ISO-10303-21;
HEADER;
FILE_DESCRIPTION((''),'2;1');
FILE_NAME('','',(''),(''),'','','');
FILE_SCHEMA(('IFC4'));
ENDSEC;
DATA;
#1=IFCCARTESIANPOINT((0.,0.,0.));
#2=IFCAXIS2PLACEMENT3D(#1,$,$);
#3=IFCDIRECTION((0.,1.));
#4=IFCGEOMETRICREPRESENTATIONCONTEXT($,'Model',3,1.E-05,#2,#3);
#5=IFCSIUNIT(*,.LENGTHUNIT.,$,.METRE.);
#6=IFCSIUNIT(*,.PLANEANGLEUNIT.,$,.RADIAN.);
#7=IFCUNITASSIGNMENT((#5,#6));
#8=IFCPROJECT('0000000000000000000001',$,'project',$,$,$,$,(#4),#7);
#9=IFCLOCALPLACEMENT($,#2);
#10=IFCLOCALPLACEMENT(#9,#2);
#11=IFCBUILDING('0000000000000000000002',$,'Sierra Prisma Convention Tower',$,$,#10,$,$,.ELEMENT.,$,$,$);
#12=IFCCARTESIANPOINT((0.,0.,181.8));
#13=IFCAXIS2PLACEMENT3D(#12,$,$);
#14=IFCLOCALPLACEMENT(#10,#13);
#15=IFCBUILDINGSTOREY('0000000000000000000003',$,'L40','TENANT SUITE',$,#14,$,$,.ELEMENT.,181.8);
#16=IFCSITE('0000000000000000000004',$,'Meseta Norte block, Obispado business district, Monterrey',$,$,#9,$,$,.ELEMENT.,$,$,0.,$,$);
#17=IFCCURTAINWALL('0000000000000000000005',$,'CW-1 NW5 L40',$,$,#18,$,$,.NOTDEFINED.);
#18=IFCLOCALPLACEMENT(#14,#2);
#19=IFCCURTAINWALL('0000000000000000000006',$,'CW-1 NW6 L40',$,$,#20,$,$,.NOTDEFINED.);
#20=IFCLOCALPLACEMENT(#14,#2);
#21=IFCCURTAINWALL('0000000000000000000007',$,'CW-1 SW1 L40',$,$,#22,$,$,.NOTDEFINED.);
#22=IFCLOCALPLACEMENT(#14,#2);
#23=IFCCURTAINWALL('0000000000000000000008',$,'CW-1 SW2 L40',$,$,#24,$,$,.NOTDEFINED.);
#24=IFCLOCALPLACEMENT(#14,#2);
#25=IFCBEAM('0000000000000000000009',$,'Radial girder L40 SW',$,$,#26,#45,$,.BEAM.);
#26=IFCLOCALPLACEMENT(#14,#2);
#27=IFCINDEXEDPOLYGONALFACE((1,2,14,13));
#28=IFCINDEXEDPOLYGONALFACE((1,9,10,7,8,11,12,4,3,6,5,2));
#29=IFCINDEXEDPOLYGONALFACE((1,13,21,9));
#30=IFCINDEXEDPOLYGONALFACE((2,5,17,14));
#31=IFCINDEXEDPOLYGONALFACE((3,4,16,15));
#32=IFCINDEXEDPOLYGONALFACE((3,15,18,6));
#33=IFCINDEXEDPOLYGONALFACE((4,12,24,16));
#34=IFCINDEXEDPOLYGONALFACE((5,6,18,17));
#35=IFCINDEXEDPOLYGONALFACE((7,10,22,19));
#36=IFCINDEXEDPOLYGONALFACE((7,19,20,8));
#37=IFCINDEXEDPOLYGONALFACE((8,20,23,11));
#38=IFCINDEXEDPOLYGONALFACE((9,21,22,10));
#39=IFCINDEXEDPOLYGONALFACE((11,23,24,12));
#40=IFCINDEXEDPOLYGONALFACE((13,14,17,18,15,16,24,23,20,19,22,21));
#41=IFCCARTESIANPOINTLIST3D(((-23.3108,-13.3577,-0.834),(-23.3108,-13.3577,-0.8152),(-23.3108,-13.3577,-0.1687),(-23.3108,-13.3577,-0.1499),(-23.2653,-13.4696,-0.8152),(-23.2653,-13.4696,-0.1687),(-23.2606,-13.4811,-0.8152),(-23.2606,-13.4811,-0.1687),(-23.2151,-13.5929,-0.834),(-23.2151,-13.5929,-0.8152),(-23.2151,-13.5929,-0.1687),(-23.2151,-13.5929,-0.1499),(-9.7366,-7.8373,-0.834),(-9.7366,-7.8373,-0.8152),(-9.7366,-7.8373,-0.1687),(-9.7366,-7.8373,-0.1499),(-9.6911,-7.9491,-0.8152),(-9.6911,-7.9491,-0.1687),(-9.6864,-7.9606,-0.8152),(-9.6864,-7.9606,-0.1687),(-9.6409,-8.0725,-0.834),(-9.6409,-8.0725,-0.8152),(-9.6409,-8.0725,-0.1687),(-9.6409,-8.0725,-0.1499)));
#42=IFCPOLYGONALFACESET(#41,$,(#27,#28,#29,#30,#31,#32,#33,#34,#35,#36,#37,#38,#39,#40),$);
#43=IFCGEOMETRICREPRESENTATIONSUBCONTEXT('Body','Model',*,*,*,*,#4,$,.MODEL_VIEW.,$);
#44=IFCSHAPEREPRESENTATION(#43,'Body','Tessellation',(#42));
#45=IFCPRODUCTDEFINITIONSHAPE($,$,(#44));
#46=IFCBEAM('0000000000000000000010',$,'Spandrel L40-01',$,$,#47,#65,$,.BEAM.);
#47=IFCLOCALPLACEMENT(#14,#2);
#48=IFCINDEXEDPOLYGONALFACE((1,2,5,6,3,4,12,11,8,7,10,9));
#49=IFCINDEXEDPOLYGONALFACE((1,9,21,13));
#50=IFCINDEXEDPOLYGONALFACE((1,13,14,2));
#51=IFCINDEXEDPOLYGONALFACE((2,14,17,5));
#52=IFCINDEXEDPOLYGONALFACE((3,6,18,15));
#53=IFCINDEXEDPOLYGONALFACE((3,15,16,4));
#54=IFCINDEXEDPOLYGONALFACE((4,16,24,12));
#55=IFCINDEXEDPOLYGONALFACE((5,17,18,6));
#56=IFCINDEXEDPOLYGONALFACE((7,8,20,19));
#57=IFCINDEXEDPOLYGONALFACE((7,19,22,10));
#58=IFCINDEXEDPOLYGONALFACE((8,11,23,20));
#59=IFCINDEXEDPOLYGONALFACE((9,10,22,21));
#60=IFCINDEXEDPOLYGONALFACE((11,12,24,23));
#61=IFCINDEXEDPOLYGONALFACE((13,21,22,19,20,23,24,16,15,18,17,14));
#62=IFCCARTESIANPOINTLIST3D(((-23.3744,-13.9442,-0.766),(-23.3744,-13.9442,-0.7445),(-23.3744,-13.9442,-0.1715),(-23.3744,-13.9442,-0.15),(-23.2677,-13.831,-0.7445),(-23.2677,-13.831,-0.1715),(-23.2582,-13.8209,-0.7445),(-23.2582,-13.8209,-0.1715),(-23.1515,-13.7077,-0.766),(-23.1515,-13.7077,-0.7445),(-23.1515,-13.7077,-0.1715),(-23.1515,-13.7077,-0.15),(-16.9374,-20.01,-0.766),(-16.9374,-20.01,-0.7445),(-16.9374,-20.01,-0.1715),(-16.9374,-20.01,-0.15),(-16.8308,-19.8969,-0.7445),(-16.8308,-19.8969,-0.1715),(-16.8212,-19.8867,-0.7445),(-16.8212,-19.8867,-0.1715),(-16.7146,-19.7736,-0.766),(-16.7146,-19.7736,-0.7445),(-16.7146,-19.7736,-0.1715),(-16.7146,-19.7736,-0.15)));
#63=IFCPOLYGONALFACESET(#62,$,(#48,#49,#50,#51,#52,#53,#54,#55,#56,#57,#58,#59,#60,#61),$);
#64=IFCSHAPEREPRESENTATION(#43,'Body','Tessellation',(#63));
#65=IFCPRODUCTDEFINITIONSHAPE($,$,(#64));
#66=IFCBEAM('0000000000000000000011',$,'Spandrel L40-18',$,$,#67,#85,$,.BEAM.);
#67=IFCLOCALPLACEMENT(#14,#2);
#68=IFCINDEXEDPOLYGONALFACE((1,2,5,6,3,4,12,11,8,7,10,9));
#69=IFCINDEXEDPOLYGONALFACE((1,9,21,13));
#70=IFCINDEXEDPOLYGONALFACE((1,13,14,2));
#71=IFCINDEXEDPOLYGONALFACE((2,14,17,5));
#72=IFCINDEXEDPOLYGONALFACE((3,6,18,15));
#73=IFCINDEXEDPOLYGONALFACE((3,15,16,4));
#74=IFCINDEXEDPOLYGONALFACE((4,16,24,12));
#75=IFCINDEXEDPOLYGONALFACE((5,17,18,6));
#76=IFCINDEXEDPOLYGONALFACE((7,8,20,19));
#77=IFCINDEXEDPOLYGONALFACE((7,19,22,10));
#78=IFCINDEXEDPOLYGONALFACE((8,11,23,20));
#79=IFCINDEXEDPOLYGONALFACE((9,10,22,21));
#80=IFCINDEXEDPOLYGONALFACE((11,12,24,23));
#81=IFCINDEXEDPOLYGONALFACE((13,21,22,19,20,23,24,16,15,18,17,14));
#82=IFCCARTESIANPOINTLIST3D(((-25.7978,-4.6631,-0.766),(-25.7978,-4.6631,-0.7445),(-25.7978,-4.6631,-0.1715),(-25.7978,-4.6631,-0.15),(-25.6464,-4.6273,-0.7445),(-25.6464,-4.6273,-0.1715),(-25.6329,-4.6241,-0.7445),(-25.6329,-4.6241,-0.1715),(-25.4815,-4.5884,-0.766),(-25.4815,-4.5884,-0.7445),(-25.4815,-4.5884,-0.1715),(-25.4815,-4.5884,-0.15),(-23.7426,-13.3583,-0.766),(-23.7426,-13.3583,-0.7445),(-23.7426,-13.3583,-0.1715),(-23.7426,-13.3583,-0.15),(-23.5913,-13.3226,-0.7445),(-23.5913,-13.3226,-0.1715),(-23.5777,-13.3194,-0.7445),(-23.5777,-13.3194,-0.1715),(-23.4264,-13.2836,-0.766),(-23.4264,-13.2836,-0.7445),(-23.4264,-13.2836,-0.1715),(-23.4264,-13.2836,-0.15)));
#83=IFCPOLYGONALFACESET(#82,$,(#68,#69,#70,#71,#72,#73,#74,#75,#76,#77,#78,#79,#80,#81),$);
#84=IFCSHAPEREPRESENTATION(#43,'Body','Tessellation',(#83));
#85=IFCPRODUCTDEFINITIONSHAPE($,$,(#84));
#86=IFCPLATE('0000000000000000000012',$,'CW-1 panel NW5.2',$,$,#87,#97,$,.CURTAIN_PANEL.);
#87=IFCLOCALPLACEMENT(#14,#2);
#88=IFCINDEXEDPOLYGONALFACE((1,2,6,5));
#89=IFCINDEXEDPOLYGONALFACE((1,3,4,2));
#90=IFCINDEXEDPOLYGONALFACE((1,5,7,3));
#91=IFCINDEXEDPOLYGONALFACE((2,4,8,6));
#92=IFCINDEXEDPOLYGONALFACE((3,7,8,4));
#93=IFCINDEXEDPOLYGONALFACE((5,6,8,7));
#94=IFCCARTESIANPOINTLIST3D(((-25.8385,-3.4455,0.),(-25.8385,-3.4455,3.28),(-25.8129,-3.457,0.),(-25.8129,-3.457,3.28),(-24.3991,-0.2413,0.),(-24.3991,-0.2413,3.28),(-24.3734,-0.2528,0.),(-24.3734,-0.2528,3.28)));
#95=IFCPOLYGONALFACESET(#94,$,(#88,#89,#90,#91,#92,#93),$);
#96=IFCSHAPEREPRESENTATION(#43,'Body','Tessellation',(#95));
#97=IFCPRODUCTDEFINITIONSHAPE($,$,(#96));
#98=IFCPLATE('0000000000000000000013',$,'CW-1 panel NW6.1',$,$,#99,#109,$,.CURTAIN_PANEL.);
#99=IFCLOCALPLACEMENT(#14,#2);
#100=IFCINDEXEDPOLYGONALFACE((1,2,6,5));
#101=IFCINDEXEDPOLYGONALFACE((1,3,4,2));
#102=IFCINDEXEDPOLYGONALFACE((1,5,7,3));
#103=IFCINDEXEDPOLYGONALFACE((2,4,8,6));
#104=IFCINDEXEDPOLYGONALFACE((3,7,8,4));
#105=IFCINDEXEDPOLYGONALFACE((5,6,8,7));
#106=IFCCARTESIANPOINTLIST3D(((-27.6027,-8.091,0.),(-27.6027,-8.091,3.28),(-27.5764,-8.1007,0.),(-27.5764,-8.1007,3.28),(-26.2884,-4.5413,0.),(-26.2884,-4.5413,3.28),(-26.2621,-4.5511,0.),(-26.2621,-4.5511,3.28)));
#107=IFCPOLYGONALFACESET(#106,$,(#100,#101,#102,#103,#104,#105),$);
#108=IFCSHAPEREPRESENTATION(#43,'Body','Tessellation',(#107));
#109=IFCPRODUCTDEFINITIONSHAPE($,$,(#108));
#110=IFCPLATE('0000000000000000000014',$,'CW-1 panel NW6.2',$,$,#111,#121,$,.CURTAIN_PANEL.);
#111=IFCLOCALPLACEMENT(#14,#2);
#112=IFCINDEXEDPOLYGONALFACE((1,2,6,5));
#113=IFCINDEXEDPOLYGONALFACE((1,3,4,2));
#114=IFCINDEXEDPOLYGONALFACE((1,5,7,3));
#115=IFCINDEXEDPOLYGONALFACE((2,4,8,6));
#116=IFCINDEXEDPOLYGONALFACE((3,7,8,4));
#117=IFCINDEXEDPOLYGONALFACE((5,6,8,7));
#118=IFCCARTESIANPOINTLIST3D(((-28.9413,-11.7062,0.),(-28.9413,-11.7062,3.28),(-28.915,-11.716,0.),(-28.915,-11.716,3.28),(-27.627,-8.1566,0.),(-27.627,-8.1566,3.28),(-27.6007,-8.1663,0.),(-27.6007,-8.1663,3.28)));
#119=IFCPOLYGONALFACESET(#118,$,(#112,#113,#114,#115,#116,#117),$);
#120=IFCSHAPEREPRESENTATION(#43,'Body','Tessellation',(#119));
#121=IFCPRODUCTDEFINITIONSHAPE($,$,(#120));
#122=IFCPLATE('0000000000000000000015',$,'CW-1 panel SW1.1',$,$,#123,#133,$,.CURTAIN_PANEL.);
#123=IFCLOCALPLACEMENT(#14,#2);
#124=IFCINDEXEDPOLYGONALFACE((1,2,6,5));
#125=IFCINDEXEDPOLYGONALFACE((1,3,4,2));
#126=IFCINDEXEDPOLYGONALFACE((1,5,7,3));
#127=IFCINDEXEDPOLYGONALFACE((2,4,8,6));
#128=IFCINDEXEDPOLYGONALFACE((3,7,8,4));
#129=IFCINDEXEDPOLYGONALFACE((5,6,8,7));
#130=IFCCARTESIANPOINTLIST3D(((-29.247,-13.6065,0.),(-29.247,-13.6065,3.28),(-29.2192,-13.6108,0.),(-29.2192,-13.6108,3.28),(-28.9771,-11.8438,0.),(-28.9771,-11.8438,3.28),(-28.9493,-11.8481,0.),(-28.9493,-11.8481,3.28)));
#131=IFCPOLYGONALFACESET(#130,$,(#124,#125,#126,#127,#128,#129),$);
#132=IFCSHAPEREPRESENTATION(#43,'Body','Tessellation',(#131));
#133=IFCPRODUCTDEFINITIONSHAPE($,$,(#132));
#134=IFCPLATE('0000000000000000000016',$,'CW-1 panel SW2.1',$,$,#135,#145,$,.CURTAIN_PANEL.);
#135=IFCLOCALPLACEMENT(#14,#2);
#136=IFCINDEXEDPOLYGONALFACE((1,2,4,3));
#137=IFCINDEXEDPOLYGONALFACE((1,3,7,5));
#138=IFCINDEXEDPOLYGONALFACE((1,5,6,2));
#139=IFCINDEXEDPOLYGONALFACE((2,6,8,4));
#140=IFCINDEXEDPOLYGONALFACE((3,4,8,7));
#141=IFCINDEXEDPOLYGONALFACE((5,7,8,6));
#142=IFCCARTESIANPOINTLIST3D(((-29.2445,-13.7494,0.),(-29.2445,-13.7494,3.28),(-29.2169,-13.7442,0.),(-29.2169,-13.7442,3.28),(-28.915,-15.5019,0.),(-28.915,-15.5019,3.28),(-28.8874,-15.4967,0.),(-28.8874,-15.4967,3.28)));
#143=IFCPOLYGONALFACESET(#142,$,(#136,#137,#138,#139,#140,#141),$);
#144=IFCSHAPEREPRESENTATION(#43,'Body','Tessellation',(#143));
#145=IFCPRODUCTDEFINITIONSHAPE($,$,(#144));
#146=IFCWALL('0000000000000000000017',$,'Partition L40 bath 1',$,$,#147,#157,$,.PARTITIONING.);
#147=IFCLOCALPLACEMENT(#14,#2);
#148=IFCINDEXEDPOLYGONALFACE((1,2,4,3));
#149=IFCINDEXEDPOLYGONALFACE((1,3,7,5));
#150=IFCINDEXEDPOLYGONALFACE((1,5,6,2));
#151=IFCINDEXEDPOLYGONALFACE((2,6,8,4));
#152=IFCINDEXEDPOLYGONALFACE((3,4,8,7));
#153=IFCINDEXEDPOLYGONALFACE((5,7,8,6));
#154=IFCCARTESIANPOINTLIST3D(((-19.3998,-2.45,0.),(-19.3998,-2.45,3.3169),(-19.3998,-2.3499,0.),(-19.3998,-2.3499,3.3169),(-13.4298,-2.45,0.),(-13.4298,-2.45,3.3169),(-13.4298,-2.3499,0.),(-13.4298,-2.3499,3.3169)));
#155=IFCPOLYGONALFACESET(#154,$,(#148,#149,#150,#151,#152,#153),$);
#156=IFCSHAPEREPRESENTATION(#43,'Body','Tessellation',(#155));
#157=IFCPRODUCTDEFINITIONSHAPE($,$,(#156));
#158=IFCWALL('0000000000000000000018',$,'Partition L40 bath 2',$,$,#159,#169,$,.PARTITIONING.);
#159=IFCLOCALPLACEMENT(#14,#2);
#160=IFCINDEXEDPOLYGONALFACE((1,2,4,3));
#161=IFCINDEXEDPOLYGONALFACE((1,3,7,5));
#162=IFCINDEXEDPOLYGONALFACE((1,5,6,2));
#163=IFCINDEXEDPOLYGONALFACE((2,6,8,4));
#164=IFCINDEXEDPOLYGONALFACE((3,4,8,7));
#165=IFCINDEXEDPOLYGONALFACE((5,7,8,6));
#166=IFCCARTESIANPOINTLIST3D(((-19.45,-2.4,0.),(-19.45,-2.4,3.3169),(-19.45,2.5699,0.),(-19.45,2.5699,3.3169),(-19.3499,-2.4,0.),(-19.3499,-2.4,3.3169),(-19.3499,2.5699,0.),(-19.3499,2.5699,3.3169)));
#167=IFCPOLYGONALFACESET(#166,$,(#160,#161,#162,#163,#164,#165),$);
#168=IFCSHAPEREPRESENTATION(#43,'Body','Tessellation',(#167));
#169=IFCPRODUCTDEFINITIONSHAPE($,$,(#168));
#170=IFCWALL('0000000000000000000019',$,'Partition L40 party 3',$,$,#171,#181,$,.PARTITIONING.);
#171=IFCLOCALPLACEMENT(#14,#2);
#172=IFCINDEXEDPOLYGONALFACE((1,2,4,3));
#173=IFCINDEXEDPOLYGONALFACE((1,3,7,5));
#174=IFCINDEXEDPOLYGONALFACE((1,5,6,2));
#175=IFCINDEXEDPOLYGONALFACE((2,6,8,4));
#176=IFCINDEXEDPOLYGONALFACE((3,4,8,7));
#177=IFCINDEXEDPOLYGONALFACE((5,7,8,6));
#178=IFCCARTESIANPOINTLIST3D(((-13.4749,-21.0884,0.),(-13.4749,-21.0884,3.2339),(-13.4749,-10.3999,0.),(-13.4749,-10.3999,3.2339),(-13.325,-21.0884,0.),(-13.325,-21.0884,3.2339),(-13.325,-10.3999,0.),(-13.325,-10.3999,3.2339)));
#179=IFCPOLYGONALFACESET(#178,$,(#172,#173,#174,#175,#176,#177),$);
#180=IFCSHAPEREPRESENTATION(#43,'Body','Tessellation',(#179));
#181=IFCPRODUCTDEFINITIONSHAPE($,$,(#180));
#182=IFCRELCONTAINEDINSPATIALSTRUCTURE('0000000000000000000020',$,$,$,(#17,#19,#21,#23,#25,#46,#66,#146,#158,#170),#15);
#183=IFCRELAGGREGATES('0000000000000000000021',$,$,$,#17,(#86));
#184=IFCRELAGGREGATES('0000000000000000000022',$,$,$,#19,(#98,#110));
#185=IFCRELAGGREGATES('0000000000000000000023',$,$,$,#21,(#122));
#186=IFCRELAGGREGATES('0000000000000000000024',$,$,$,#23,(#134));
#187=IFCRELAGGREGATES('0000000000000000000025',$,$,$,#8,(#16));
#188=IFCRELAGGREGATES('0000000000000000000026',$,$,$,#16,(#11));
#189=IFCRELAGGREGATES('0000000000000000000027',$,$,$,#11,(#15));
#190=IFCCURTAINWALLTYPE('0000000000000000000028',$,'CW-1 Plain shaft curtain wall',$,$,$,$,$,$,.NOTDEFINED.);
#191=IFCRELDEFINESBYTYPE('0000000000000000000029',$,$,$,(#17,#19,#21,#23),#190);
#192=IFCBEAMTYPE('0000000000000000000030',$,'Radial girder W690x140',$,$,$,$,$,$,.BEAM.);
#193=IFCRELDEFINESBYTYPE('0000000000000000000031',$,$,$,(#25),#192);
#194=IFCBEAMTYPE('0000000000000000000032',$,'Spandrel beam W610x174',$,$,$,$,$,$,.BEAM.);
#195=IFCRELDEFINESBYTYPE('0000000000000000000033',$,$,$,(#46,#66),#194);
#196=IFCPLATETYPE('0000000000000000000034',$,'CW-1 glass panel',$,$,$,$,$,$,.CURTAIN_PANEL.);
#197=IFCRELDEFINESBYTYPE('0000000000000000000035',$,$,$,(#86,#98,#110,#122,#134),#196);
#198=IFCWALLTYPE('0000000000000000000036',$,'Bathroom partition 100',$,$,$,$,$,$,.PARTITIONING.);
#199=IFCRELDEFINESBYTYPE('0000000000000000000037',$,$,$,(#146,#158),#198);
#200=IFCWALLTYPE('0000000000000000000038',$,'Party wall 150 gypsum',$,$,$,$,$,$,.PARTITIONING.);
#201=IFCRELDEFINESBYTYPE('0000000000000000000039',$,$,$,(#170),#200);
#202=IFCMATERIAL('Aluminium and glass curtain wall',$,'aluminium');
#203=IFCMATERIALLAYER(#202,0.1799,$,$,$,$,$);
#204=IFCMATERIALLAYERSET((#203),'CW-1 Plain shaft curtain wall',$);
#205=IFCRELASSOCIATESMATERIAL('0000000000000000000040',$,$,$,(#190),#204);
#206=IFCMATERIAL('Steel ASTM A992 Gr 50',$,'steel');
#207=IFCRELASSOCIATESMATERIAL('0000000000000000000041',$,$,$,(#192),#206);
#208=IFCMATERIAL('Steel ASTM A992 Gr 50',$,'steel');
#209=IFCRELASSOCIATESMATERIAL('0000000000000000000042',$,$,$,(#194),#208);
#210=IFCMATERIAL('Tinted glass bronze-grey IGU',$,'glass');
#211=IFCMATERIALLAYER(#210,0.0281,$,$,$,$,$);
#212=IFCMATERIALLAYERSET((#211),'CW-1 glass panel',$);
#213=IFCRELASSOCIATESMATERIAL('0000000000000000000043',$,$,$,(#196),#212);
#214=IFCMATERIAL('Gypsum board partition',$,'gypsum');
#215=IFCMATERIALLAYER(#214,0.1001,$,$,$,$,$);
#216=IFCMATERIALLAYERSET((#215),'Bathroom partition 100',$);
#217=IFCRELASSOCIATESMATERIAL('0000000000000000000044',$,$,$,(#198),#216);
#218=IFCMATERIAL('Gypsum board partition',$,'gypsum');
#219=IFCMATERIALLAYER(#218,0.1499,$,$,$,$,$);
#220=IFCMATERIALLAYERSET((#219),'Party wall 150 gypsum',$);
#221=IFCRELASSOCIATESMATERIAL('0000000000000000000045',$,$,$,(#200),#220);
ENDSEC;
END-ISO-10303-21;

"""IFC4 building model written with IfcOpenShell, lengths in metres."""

from ifc_helpers import new_model, si_unit, direction, frame, frame_2d, origin, origin_2d, place, context, subcontext, project, spatial, rectangle, i_section, extrude, material, layer, layer_set, material_profile, profile_set, type_object, element, aggregate, save


model = new_model("IFC4")

# Units and contexts
model_context = context("Model", 3, precision=1e-05, world=origin(), true_north=direction((0.0, 1.0)))
body_context = subcontext(model_context, "Body", "Model", "MODEL_VIEW")
ifc_project = project(units=[si_unit("LENGTHUNIT", "METRE"), si_unit("PLANEANGLEUNIT", "RADIAN")], contexts=[model_context])

# Site, building, storey
site_placement = place(None, origin())
site = spatial("IfcSite", under=ifc_project, at=site_placement, Name="Meseta Norte block, Obispado business district, Monterrey", CompositionType="ELEMENT", RefElevation=0.0)
building_placement = place(site_placement, origin())
building = spatial("IfcBuilding", under=site, at=building_placement, Name="Sierra Prisma Convention Tower", CompositionType="ELEMENT")
storey_placement = place(building_placement, frame((0.0, 0.0, 181.8)))
storey = spatial("IfcBuildingStorey", under=building, at=storey_placement, Name="L40", Description="TENANT SUITE", CompositionType="ELEMENT", Elevation=181.8)

# Curtain walls
ifc_material_1 = material(Name="Aluminium and glass curtain wall", Category="aluminium")
ifc_layer_1 = layer(ifc_material_1, 0.1799)
ifc_layer_set_1 = layer_set([ifc_layer_1], Name="CW-1 Plain shaft curtain wall")
curtain_wall_type = type_object("IfcCurtainWallType", Name="CW-1 Plain shaft curtain wall", PredefinedType="NOTDEFINED", material=ifc_layer_set_1)
curtain_wall_1_placement = place(storey_placement, origin())
curtain_wall_1 = element("IfcCurtainWall", 1, at=curtain_wall_1_placement, inside=storey, type_object=curtain_wall_type, Name="CW-1 NW5 L40", PredefinedType="NOTDEFINED")
curtain_wall_2_placement = place(storey_placement, origin())
curtain_wall_2 = element("IfcCurtainWall", 2, at=curtain_wall_2_placement, inside=storey, type_object=curtain_wall_type, Name="CW-1 NW6 L40", PredefinedType="NOTDEFINED")
curtain_wall_3_placement = place(storey_placement, origin())
curtain_wall_3 = element("IfcCurtainWall", 3, at=curtain_wall_3_placement, inside=storey, type_object=curtain_wall_type, Name="CW-1 SW1 L40", PredefinedType="NOTDEFINED")
curtain_wall_4_placement = place(storey_placement, origin())
curtain_wall_4 = element("IfcCurtainWall", 4, at=curtain_wall_4_placement, inside=storey, type_object=curtain_wall_type, Name="CW-1 SW2 L40", PredefinedType="NOTDEFINED")

# Beams
ifc_material_2 = material(Name="Steel ASTM A992 Gr 50", Category="steel")
ifc_material_profile_1 = material_profile(ifc_material_2, i_section(OverallWidth=0.2539, OverallDepth=0.6841, WebThickness=0.0125, FlangeThickness=0.0188, at=origin_2d()), Name="W690x140")
ifc_profile_set_1 = profile_set([ifc_material_profile_1], Name="Steel ASTM A992 Gr 50")
beam_type_1 = type_object("IfcBeamType", Name="Radial girder W690x140", PredefinedType="BEAM", material=ifc_profile_set_1)
beam_1_placement = place(storey_placement, frame((-23.2629, -13.4753, -0.4919), z_axis=(0.926324, 0.376727, 0.0), x_axis=(-0.376727, 0.926324, 0.0)))
element("IfcBeam", 5, at=beam_1_placement, inside=storey, type_object=beam_type_1, Name="Radial girder L40 SW", PredefinedType="BEAM", context=body_context, shape_type="SweptSolid", body=[
    extrude(i_section(OverallWidth=0.2539, OverallDepth=0.6841, WebThickness=0.0125, FlangeThickness=0.0188, at=origin_2d()), origin(), (0.0, 0.0, 1.0), 14.6538),
])
ifc_material_3 = material(Name="Steel ASTM A992 Gr 50", Category="steel")
ifc_material_profile_2 = material_profile(ifc_material_3, i_section(OverallWidth=0.325, OverallDepth=0.616, WebThickness=0.0139, FlangeThickness=0.0215, at=origin_2d()), Name="W610x174")
ifc_profile_set_2 = profile_set([ifc_material_profile_2], Name="Steel ASTM A992 Gr 50")
beam_type_2 = type_object("IfcBeamType", Name="Spandrel beam W610x174", PredefinedType="BEAM", material=ifc_profile_set_2)
beam_2_placement = place(storey_placement, frame((-23.2629, -13.8259, -0.458), z_axis=(0.727774, -0.685817, 0.0), x_axis=(0.685817, 0.727774, 0.0)))
element("IfcBeam", 6, at=beam_2_placement, inside=storey, type_object=beam_type_2, Name="Spandrel L40-01", PredefinedType="BEAM", context=body_context, shape_type="SweptSolid", body=[
    extrude(i_section(OverallWidth=0.325, OverallDepth=0.616, WebThickness=0.0139, FlangeThickness=0.0215, at=origin_2d()), origin(), (0.0, 0.0, 1.0), 8.8447),
])
beam_3_placement = place(storey_placement, frame((-25.6396, -4.6257, -0.458), z_axis=(0.230017, -0.973187, 0.0), x_axis=(0.973187, 0.230017, 0.0)))
element("IfcBeam", 7, at=beam_3_placement, inside=storey, type_object=beam_type_2, Name="Spandrel L40-18", PredefinedType="BEAM", context=body_context, shape_type="SweptSolid", body=[
    extrude(i_section(OverallWidth=0.325, OverallDepth=0.616, WebThickness=0.0139, FlangeThickness=0.0215, at=origin_2d()), origin(), (0.0, 0.0, 1.0), 8.9348),
])

# Plates
ifc_material_4 = material(Name="Tinted glass bronze-grey IGU", Category="glass")
ifc_layer_2 = layer(ifc_material_4, 0.0281)
ifc_layer_set_2 = layer_set([ifc_layer_2], Name="CW-1 glass panel")
plate_type = type_object("IfcPlateType", Name="CW-1 glass panel", PredefinedType="CURTAIN_PANEL", material=ifc_layer_set_2)
plate_1_placement = place(storey_placement, frame((-25.106, -1.8491, 0.0), z_axis=(0.0, 0.0, 1.0), x_axis=(-0.409773, -0.912188, 0.0)))
plate_1 = element("IfcPlate", 8, at=plate_1_placement, type_object=plate_type, Name="CW-1 panel NW5.2", PredefinedType="CURTAIN_PANEL", context=body_context, shape_type="SweptSolid", body=[
    extrude(rectangle(XDim=3.5127, YDim=0.0281, at=origin_2d()), origin(), (0.0, 0.0, 1.0), 3.28),
])
aggregate(curtain_wall_1, [plate_1])
plate_2_placement = place(storey_placement, frame((-26.9324, -6.321, 0.0), z_axis=(0.0, 0.0, 1.0), x_axis=(-0.347224, -0.937782, 0.0)))
plate_2 = element("IfcPlate", 9, at=plate_2_placement, type_object=plate_type, Name="CW-1 panel NW6.1", PredefinedType="CURTAIN_PANEL", context=body_context, shape_type="SweptSolid", body=[
    extrude(rectangle(XDim=3.7852, YDim=0.0281, at=origin_2d()), origin(), (0.0, 0.0, 1.0), 3.28),
])
plate_3_placement = place(storey_placement, frame((-28.271, -9.9363, 0.0), z_axis=(0.0, 0.0, 1.0), x_axis=(-0.347224, -0.937782, 0.0)))
plate_3 = element("IfcPlate", 10, at=plate_3_placement, type_object=plate_type, Name="CW-1 panel NW6.2", PredefinedType="CURTAIN_PANEL", context=body_context, shape_type="SweptSolid", body=[
    extrude(rectangle(XDim=3.7852, YDim=0.0281, at=origin_2d()), origin(), (0.0, 0.0, 1.0), 3.28),
])
aggregate(curtain_wall_2, [plate_2, plate_3])
plate_4_placement = place(storey_placement, frame((-29.0981, -12.7273, 0.0), z_axis=(0.0, 0.0, 1.0), x_axis=(-0.151345, -0.988481, 0.0)))
plate_4 = element("IfcPlate", 11, at=plate_4_placement, type_object=plate_type, Name="CW-1 panel SW1.1", PredefinedType="CURTAIN_PANEL", context=body_context, shape_type="SweptSolid", body=[
    extrude(rectangle(XDim=1.7832, YDim=0.0281, at=origin_2d()), origin(), (0.0, 0.0, 1.0), 3.28),
])
aggregate(curtain_wall_3, [plate_4])
plate_5_placement = place(storey_placement, frame((-29.0659, -14.623, 0.0), z_axis=(0.0, 0.0, 1.0), x_axis=(0.184767, -0.982782, 0.0)))
plate_5 = element("IfcPlate", 12, at=plate_5_placement, type_object=plate_type, Name="CW-1 panel SW2.1", PredefinedType="CURTAIN_PANEL", context=body_context, shape_type="SweptSolid", body=[
    extrude(rectangle(XDim=1.7832, YDim=0.0281, at=origin_2d()), origin(), (0.0, 0.0, 1.0), 3.28),
])
aggregate(curtain_wall_4, [plate_5])

# Walls
ifc_material_5 = material(Name="Gypsum board partition", Category="gypsum")
ifc_layer_3 = layer(ifc_material_5, 0.1001)
ifc_layer_set_3 = layer_set([ifc_layer_3], Name="Bathroom partition 100")
wall_type_1 = type_object("IfcWallType", Name="Bathroom partition 100", PredefinedType="PARTITIONING", material=ifc_layer_set_3)
wall_1_placement = place(storey_placement, frame((-13.4299, -2.3999, 0.0), z_axis=(0.0, 0.0, 1.0), x_axis=(-1.0, 0.0, 0.0)))
element("IfcWall", 13, at=wall_1_placement, inside=storey, type_object=wall_type_1, Name="Partition L40 bath 1", PredefinedType="PARTITIONING", context=body_context, shape_type="SweptSolid", body=[
    extrude(rectangle(XDim=5.97, YDim=0.1001, at=frame_2d((2.9849, 0.0))), origin(), (0.0, 0.0, 1.0), 3.3169),
])
wall_2_placement = place(storey_placement, frame((-19.3999, -2.3999, 0.0), z_axis=(0.0, 0.0, 1.0), x_axis=(0.0, 1.0, 0.0)))
element("IfcWall", 14, at=wall_2_placement, inside=storey, type_object=wall_type_1, Name="Partition L40 bath 2", PredefinedType="PARTITIONING", context=body_context, shape_type="SweptSolid", body=[
    extrude(rectangle(XDim=4.97, YDim=0.1001, at=frame_2d((2.4849, 0.0))), origin(), (0.0, 0.0, 1.0), 3.3169),
])
ifc_material_6 = material(Name="Gypsum board partition", Category="gypsum")
ifc_layer_4 = layer(ifc_material_6, 0.1499)
ifc_layer_set_4 = layer_set([ifc_layer_4], Name="Party wall 150 gypsum")
wall_type_2 = type_object("IfcWallType", Name="Party wall 150 gypsum", PredefinedType="PARTITIONING", material=ifc_layer_set_4)
wall_3_placement = place(storey_placement, frame((-13.3999, -10.3999, 0.0), z_axis=(0.0, 0.0, 1.0), x_axis=(0.0, -1.0, 0.0)))
element("IfcWall", 15, at=wall_3_placement, inside=storey, type_object=wall_type_2, Name="Partition L40 party 3", PredefinedType="PARTITIONING", context=body_context, shape_type="SweptSolid", body=[
    extrude(rectangle(XDim=10.6885, YDim=0.1499, at=frame_2d((5.3442, 0.0))), origin(), (0.0, 0.0, 1.0), 3.2339),
])

save(model, "model.ifc")
